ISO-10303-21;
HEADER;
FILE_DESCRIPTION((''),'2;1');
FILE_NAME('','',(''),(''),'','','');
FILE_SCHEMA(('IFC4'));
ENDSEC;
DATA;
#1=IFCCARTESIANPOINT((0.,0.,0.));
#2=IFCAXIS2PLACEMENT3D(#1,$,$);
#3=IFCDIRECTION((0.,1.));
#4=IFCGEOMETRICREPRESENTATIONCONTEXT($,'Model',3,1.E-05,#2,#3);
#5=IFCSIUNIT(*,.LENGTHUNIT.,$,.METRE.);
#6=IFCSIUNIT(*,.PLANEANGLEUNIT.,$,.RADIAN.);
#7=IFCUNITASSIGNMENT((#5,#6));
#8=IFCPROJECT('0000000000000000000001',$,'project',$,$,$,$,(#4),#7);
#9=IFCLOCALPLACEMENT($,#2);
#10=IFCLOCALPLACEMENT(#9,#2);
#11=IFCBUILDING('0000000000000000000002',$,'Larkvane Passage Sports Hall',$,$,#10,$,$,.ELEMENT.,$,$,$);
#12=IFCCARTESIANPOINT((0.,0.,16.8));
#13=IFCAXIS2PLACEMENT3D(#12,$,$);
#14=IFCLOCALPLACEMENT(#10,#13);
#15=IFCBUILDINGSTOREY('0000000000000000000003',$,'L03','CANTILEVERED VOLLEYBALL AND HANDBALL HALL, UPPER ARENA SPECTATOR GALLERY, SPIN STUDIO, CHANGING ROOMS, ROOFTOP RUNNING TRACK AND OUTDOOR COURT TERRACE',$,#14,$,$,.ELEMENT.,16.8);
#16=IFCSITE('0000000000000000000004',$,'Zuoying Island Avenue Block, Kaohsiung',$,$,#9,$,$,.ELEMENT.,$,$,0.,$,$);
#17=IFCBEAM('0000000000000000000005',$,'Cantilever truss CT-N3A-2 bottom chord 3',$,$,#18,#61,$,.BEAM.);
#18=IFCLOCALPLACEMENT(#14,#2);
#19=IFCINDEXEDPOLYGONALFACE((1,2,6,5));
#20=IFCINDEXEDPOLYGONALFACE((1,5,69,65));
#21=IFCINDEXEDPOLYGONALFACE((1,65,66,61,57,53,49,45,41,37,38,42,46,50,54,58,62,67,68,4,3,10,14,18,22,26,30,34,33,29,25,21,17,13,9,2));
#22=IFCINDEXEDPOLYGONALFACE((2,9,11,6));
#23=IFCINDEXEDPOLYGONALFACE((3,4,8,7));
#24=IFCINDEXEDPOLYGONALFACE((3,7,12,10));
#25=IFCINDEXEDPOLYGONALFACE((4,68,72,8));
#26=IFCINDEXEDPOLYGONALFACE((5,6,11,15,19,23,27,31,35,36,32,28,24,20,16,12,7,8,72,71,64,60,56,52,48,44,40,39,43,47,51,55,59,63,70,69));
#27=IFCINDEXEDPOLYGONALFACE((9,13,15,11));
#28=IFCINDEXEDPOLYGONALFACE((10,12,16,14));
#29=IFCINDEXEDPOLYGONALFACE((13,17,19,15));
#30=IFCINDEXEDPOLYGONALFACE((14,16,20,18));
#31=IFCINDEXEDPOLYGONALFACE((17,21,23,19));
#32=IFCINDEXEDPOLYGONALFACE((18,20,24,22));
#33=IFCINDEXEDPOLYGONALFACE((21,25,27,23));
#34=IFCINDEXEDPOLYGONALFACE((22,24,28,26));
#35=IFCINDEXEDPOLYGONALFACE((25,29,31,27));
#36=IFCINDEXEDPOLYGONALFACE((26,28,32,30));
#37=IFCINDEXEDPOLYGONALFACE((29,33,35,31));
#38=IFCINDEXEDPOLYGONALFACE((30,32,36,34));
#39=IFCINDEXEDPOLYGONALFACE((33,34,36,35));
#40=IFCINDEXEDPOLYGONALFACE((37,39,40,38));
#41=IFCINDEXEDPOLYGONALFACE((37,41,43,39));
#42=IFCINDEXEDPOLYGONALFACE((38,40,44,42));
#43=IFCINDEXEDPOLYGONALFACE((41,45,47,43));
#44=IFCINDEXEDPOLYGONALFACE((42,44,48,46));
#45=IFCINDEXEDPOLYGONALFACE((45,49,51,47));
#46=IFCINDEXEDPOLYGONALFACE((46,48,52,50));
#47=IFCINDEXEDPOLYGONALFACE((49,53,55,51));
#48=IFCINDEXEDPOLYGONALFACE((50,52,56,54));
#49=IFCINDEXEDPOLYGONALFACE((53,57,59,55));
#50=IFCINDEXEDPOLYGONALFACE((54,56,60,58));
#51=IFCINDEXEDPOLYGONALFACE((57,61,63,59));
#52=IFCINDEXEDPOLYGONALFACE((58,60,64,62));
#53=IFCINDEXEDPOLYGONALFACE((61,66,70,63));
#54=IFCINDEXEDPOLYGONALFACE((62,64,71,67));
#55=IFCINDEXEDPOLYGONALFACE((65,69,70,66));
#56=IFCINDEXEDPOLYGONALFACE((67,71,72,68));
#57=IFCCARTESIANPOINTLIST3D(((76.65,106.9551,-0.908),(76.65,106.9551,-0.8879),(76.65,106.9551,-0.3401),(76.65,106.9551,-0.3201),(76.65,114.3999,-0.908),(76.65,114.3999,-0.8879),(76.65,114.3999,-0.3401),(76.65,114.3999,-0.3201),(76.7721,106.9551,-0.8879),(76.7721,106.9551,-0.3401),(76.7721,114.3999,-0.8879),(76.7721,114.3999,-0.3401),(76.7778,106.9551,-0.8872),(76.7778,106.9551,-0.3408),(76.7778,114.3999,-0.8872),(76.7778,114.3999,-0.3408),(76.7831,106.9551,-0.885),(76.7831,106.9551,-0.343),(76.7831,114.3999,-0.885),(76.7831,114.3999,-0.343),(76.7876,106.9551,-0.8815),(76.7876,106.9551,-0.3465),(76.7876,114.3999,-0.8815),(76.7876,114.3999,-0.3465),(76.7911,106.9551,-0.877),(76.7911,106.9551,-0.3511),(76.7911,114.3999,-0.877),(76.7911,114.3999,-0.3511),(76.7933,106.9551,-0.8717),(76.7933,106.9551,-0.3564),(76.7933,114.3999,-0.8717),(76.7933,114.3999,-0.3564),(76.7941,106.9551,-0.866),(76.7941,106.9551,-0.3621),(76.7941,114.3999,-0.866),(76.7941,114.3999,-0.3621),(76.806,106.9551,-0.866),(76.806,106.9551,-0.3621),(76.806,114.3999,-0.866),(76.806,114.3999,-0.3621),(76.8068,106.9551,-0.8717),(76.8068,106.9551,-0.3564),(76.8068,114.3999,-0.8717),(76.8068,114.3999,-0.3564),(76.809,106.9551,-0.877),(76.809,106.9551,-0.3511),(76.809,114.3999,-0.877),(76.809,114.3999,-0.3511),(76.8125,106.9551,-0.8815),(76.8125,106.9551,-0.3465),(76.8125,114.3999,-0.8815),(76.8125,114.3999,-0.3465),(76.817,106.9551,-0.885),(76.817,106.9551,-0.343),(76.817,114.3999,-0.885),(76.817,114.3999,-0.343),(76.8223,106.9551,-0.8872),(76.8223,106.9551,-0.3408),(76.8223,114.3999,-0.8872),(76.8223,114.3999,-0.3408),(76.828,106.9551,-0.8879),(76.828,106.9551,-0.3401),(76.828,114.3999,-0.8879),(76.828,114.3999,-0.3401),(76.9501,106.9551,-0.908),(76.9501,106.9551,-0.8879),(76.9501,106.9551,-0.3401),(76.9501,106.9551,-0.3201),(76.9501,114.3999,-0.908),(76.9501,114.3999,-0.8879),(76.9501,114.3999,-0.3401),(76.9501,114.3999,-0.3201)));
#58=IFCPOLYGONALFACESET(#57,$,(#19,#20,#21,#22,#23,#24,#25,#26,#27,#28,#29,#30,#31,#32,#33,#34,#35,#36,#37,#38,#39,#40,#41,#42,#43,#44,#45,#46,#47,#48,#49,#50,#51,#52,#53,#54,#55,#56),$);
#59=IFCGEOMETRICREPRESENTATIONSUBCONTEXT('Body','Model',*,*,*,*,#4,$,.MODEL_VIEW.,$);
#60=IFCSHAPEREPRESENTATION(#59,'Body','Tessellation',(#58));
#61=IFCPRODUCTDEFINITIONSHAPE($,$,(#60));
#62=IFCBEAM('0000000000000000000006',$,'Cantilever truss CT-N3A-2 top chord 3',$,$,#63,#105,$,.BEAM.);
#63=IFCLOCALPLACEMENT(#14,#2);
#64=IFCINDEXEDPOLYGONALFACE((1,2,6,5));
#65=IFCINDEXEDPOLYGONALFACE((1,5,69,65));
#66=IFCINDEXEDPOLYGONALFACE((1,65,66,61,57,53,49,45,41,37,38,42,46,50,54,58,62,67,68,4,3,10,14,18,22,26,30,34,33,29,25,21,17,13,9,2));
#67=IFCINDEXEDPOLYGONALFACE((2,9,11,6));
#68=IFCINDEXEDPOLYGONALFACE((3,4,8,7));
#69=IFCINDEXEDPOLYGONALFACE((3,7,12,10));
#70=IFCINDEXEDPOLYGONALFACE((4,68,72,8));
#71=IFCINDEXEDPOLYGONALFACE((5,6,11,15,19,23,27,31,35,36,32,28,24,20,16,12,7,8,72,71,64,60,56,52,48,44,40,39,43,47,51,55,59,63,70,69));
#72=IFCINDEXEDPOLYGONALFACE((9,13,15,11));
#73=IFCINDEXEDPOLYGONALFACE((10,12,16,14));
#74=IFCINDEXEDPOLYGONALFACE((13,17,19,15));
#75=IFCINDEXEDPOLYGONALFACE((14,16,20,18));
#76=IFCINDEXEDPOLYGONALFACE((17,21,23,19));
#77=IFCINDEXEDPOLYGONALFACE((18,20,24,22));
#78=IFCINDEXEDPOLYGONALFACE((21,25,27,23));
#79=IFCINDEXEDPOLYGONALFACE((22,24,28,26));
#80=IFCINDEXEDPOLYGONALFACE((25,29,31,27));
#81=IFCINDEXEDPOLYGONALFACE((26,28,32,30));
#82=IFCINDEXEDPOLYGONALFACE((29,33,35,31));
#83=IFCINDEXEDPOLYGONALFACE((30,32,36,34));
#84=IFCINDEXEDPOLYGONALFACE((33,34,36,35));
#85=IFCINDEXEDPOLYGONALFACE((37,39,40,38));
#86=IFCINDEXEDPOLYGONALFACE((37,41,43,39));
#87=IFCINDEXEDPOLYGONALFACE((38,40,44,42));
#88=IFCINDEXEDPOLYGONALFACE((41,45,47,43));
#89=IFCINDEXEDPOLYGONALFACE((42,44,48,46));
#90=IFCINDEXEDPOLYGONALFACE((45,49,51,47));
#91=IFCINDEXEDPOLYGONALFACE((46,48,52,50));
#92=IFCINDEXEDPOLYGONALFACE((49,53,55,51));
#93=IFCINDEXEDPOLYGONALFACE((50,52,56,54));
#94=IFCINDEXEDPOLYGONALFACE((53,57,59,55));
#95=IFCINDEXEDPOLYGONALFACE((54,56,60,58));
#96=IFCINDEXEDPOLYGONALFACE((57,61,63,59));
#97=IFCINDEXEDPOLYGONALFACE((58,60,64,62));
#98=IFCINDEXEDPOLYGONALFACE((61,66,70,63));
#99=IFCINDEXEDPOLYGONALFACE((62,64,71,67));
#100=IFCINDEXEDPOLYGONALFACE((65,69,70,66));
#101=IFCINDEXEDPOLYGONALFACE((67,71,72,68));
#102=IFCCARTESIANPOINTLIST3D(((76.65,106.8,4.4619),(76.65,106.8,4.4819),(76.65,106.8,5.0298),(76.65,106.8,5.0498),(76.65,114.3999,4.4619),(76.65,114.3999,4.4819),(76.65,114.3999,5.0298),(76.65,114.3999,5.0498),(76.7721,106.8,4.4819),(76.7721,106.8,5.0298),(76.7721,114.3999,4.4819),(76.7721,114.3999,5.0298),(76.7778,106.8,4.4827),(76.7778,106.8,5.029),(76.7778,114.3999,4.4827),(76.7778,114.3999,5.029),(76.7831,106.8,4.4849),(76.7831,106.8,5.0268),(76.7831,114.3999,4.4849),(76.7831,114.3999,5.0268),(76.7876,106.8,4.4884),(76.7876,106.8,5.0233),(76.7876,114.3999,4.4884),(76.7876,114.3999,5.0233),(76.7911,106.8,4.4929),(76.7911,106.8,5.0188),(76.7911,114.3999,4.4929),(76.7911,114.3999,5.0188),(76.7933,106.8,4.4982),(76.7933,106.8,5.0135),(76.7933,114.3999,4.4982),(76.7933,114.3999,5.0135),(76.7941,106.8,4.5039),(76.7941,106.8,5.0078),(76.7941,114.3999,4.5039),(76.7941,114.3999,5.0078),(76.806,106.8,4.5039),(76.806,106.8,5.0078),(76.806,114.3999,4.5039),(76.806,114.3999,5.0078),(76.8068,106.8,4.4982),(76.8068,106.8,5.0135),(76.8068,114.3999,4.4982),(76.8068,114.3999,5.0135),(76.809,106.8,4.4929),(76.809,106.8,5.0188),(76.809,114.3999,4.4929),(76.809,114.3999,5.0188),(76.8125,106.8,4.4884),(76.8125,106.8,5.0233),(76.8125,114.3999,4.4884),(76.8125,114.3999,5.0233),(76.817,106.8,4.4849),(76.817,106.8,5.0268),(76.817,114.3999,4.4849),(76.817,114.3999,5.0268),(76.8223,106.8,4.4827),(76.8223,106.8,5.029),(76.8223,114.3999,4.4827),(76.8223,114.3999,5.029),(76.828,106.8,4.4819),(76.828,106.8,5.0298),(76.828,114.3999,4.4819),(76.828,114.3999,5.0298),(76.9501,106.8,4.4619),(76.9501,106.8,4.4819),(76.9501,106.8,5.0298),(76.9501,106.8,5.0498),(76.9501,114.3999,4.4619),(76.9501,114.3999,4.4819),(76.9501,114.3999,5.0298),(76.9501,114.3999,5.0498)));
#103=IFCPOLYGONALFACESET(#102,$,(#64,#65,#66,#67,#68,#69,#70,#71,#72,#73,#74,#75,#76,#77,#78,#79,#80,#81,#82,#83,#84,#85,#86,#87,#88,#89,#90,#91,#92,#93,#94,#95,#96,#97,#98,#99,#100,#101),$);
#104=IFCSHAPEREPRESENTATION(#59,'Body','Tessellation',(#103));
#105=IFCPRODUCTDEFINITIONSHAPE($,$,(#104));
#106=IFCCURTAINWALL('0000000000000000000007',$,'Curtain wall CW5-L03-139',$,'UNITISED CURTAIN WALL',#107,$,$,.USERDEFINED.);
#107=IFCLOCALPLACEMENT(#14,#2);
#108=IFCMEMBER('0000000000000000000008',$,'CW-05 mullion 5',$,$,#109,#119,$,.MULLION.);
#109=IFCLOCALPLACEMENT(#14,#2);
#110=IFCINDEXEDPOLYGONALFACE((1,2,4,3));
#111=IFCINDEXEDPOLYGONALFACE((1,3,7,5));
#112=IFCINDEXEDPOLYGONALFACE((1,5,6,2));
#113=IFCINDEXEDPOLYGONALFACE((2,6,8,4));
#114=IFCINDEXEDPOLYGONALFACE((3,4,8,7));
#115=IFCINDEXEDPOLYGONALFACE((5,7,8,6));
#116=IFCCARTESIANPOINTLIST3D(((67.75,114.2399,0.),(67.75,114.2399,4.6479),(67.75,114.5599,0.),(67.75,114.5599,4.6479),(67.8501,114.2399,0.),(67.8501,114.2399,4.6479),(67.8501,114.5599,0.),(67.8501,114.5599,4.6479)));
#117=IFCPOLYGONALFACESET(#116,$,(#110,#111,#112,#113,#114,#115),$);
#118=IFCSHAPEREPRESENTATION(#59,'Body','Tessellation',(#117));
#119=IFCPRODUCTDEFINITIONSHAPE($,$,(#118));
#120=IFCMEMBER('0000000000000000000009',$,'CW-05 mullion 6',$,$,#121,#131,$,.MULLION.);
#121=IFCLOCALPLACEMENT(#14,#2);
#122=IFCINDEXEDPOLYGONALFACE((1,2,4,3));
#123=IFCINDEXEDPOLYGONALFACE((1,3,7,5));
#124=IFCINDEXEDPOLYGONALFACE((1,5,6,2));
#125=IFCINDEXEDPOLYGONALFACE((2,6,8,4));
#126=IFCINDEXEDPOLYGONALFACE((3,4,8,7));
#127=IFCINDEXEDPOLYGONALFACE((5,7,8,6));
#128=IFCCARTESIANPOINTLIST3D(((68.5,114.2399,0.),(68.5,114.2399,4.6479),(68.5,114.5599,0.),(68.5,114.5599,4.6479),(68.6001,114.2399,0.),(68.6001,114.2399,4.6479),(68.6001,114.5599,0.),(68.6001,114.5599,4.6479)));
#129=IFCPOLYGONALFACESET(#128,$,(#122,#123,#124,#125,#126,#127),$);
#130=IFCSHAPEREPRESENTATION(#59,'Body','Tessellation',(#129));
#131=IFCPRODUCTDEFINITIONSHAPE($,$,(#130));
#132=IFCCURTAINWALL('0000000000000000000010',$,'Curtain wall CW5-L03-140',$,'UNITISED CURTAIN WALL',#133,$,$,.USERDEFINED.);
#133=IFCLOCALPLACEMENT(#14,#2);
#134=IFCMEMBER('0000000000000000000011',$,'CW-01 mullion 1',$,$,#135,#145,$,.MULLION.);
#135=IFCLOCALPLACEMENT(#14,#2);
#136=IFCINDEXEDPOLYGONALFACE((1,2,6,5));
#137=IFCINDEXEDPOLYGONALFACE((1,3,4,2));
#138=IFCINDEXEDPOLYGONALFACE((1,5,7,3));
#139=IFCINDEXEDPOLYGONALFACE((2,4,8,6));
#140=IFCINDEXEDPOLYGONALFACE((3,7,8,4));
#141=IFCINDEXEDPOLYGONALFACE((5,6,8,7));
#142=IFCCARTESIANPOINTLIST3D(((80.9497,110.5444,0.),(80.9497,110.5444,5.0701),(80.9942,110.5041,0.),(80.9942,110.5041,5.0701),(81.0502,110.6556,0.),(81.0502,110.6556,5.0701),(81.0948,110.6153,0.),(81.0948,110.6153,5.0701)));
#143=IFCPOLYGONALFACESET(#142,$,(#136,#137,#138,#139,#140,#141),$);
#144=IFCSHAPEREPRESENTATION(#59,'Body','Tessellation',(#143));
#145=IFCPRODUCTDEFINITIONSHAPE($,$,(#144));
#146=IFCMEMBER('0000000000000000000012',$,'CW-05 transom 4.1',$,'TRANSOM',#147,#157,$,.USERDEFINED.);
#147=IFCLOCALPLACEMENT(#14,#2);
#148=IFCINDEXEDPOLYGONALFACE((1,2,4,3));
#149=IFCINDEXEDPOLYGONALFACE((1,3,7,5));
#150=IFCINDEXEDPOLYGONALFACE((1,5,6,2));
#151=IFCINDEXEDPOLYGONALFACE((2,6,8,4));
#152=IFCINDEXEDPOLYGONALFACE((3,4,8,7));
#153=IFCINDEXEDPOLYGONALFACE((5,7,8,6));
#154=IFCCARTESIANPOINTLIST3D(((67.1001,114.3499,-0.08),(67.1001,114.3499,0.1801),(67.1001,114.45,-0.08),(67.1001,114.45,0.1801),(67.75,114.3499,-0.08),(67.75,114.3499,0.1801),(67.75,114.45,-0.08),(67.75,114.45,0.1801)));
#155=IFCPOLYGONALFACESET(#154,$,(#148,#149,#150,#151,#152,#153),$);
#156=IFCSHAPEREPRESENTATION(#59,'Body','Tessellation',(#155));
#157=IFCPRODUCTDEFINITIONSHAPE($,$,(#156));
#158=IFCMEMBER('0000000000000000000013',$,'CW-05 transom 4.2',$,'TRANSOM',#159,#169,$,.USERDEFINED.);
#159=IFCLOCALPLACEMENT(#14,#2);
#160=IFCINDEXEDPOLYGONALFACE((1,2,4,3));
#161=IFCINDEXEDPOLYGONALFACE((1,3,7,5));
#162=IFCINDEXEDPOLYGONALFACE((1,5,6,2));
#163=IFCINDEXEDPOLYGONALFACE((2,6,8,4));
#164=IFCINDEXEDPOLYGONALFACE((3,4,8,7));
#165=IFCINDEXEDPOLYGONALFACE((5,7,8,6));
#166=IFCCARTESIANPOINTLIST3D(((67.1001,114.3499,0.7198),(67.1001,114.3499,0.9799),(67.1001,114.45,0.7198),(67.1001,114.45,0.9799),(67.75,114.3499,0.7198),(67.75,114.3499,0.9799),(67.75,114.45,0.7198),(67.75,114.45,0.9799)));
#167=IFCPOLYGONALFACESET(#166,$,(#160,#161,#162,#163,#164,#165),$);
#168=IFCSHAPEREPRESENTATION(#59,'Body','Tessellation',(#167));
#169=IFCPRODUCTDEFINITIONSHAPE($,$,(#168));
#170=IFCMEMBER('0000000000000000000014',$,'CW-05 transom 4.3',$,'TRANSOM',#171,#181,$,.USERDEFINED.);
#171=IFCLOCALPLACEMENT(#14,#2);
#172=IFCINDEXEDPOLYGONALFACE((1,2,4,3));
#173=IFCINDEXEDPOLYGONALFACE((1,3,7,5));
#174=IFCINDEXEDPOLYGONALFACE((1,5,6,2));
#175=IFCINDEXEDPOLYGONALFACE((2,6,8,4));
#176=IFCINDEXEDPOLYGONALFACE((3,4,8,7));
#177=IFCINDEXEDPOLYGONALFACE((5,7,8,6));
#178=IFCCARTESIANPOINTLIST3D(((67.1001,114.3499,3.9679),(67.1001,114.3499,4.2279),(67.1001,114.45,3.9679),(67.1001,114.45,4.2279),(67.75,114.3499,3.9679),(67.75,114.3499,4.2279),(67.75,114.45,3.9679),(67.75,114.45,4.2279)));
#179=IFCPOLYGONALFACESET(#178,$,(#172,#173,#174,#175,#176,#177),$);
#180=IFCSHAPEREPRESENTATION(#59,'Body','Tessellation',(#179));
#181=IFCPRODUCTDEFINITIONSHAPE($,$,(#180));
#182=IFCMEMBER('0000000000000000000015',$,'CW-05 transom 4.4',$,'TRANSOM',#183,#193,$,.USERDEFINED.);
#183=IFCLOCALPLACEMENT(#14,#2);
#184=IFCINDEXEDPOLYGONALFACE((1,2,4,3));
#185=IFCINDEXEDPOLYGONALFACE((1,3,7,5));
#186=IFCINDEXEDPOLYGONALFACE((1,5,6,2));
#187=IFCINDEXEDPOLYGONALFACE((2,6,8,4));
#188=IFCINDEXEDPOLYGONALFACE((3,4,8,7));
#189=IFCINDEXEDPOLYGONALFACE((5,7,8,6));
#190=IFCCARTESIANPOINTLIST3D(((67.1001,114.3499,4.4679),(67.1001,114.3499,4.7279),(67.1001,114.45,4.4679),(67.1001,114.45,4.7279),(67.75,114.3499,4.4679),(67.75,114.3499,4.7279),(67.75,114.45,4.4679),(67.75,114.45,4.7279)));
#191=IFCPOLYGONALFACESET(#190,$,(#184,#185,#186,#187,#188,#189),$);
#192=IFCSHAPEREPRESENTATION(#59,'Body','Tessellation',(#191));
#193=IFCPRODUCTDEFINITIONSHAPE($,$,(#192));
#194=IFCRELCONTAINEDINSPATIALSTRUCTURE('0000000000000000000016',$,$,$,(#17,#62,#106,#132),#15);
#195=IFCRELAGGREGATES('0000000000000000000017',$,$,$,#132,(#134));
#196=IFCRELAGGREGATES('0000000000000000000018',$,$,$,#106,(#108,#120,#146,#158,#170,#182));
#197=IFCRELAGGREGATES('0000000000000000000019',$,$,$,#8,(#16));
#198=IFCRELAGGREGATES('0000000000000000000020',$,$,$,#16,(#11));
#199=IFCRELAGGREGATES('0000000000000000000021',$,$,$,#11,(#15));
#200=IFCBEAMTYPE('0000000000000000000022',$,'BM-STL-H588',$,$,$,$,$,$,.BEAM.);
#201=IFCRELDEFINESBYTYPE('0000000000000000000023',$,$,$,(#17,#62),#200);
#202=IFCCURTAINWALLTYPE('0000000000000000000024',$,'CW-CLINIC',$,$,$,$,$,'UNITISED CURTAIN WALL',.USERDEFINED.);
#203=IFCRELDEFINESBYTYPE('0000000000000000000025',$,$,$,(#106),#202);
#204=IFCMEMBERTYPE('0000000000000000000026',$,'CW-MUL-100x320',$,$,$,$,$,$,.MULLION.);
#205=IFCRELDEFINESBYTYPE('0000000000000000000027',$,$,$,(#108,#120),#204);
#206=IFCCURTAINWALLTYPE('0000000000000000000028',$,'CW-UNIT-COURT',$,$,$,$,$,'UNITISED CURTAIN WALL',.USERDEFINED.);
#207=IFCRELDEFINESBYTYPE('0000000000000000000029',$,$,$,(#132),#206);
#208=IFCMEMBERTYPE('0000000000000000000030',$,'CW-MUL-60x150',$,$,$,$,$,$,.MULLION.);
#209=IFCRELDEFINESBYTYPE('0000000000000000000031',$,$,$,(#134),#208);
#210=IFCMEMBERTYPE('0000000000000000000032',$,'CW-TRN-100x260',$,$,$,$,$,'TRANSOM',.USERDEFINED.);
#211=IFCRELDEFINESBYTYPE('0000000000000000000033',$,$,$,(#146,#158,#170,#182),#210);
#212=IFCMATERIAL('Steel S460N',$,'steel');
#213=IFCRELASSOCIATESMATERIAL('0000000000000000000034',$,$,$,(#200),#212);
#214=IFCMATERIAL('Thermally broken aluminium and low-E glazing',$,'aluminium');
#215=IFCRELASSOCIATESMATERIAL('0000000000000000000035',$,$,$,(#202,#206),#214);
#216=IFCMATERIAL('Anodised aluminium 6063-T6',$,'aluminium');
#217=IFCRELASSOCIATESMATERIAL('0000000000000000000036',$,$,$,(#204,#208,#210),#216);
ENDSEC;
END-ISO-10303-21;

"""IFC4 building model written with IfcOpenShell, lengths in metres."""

from ifc_helpers import new_model, si_unit, direction, frame, origin, origin_2d, place, context, subcontext, project, spatial, rectangle, i_section, extrude, material, material_profile, profile_set, type_object, element, aggregate, save


model = new_model("IFC4")

# Units and contexts
model_context = context("Model", 3, precision=1e-05, world=origin(), true_north=direction((0.0, 1.0)))
body_context = subcontext(model_context, "Body", "Model", "MODEL_VIEW")
ifc_project = project(units=[si_unit("LENGTHUNIT", "METRE"), si_unit("PLANEANGLEUNIT", "RADIAN")], contexts=[model_context])

# Site, building, storey
site_placement = place(None, origin())
site = spatial("IfcSite", under=ifc_project, at=site_placement, Name="Zuoying Island Avenue Block, Kaohsiung", CompositionType="ELEMENT", RefElevation=0.0)
building_placement = place(site_placement, origin())
building = spatial("IfcBuilding", under=site, at=building_placement, Name="Larkvane Passage Sports Hall", CompositionType="ELEMENT")
storey_placement = place(building_placement, frame((0.0, 0.0, 16.8)))
storey = spatial("IfcBuildingStorey", under=building, at=storey_placement, Name="L03", Description="CANTILEVERED VOLLEYBALL AND HANDBALL HALL, UPPER ARENA SPECTATOR GALLERY, SPIN STUDIO, CHANGING ROOMS, ROOFTOP RUNNING TRACK AND OUTDOOR COURT TERRACE", CompositionType="ELEMENT", Elevation=16.8)

# Beams
ifc_material_1 = material(Name="Steel S460N", Category="steel")
ifc_material_profile_1 = material_profile(ifc_material_1, i_section(OverallWidth=0.3, OverallDepth=0.5879, WebThickness=0.012, FlangeThickness=0.02, FilletRadius=0.022, at=origin_2d()), Name="H-588x300x12x20")
ifc_profile_set_1 = profile_set([ifc_material_profile_1], Name="Steel S460N")
beam_type_1 = type_object("IfcBeamType", Name="BM-STL-H588", PredefinedType="BEAM", material=ifc_profile_set_1)
beam_1_placement = place(storey_placement, frame((76.8, 106.9551, -0.614), z_axis=(0.0, 1.0, 0.0), x_axis=(-1.0, 0.0, 0.0)))
element("IfcBeam", 1, at=beam_1_placement, inside=storey, type_object=beam_type_1, Name="Cantilever truss CT-N3A-2 bottom chord 3", PredefinedType="BEAM", context=body_context, shape_type="SweptSolid", body=[
    extrude(i_section(OverallWidth=0.3, OverallDepth=0.5879, WebThickness=0.012, FlangeThickness=0.02, FilletRadius=0.022, at=origin_2d()), origin(), (0.0, 0.0, 1.0), 7.4448),
])
beam_2_placement = place(storey_placement, frame((76.8, 106.8, 4.7559), z_axis=(0.0, 1.0, 0.0), x_axis=(-1.0, 0.0, 0.0)))
element("IfcBeam", 2, at=beam_2_placement, inside=storey, type_object=beam_type_1, Name="Cantilever truss CT-N3A-2 top chord 3", PredefinedType="BEAM", context=body_context, shape_type="SweptSolid", body=[
    extrude(i_section(OverallWidth=0.3, OverallDepth=0.5879, WebThickness=0.012, FlangeThickness=0.02, FilletRadius=0.022, at=origin_2d()), origin(), (0.0, 0.0, 1.0), 7.5999),
])

# Curtain wall, members
ifc_material_2 = material(Name="Thermally broken aluminium and low-E glazing", Category="aluminium")
curtain_wall_type_1 = type_object("IfcCurtainWallType", Name="CW-CLINIC", ElementType="UNITISED CURTAIN WALL", PredefinedType="USERDEFINED", material=ifc_material_2)
curtain_wall_1_placement = place(storey_placement, origin())
curtain_wall_1 = element("IfcCurtainWall", 3, at=curtain_wall_1_placement, inside=storey, type_object=curtain_wall_type_1, Name="Curtain wall CW5-L03-139", ObjectType="UNITISED CURTAIN WALL", PredefinedType="USERDEFINED")
ifc_material_3 = material(Name="Anodised aluminium 6063-T6", Category="aluminium")
ifc_material_profile_2 = material_profile(ifc_material_3, rectangle(XDim=0.1001, YDim=0.3201, at=origin_2d()), Name="ALU-MUL-100x320")
ifc_profile_set_2 = profile_set([ifc_material_profile_2], Name="Anodised aluminium 6063-T6")
member_type_1 = type_object("IfcMemberType", Name="CW-MUL-100x320", PredefinedType="MULLION", material=ifc_profile_set_2)
member_1_placement = place(storey_placement, frame((67.8, 114.3999, 0.0), z_axis=(0.0, 0.0, 1.0), x_axis=(1.0, 0.0, 0.0)))
member_1 = element("IfcMember", 4, at=member_1_placement, type_object=member_type_1, Name="CW-05 mullion 5", PredefinedType="MULLION", context=body_context, shape_type="SweptSolid", body=[
    extrude(rectangle(XDim=0.1001, YDim=0.3201, at=origin_2d()), origin(), (0.0, 0.0, 1.0), 4.6479),
])
member_2_placement = place(storey_placement, frame((68.55, 114.3999, 0.0), z_axis=(0.0, 0.0, 1.0), x_axis=(1.0, 0.0, 0.0)))
member_2 = element("IfcMember", 5, at=member_2_placement, type_object=member_type_1, Name="CW-05 mullion 6", PredefinedType="MULLION", context=body_context, shape_type="SweptSolid", body=[
    extrude(rectangle(XDim=0.1001, YDim=0.3201, at=origin_2d()), origin(), (0.0, 0.0, 1.0), 4.6479),
])

# Curtain wall, member
curtain_wall_type_2 = type_object("IfcCurtainWallType", Name="CW-UNIT-COURT", ElementType="UNITISED CURTAIN WALL", PredefinedType="USERDEFINED", material=ifc_material_2)
curtain_wall_2_placement = place(storey_placement, origin())
curtain_wall_2 = element("IfcCurtainWall", 6, at=curtain_wall_2_placement, inside=storey, type_object=curtain_wall_type_2, Name="Curtain wall CW5-L03-140", ObjectType="UNITISED CURTAIN WALL", PredefinedType="USERDEFINED")
ifc_material_profile_3 = material_profile(ifc_material_3, rectangle(XDim=0.0601, YDim=0.1499, at=origin_2d()), Name="ALU-MUL-60x150")
ifc_profile_set_3 = profile_set([ifc_material_profile_3], Name="Anodised aluminium 6063-T6")
member_type_2 = type_object("IfcMemberType", Name="CW-MUL-60x150", PredefinedType="MULLION", material=ifc_profile_set_3)
member_3_placement = place(storey_placement, frame((81.0222, 110.5798, 0.0), z_axis=(0.0, 0.0, 1.0), x_axis=(0.741536, -0.670913, 0.0)))
member_3 = element("IfcMember", 7, at=member_3_placement, type_object=member_type_2, Name="CW-01 mullion 1", PredefinedType="MULLION", context=body_context, shape_type="SweptSolid", body=[
    extrude(rectangle(XDim=0.0601, YDim=0.1499, at=origin_2d()), origin(), (0.0, 0.0, 1.0), 5.0701),
])
aggregate(curtain_wall_2, [member_3])

# Members
ifc_material_profile_4 = material_profile(ifc_material_3, rectangle(XDim=0.1001, YDim=0.26, at=origin_2d()), Name="ALU-TRN-100x260")
ifc_profile_set_4 = profile_set([ifc_material_profile_4], Name="Anodised aluminium 6063-T6")
member_type_3 = type_object("IfcMemberType", Name="CW-TRN-100x260", ElementType="TRANSOM", PredefinedType="USERDEFINED", material=ifc_profile_set_4)
member_4_placement = place(storey_placement, frame((67.1001, 114.3999, 0.05), z_axis=(1.0, 0.0, 0.0), x_axis=(0.0, 1.0, 0.0)))
member_4 = element("IfcMember", 8, at=member_4_placement, type_object=member_type_3, Name="CW-05 transom 4.1", ObjectType="TRANSOM", PredefinedType="USERDEFINED", context=body_context, shape_type="SweptSolid", body=[
    extrude(rectangle(XDim=0.1001, YDim=0.26, at=origin_2d()), origin(), (0.0, 0.0, 1.0), 0.6499),
])
member_5_placement = place(storey_placement, frame((67.1001, 114.3999, 0.8499), z_axis=(1.0, 0.0, 0.0), x_axis=(0.0, 1.0, 0.0)))
member_5 = element("IfcMember", 9, at=member_5_placement, type_object=member_type_3, Name="CW-05 transom 4.2", ObjectType="TRANSOM", PredefinedType="USERDEFINED", context=body_context, shape_type="SweptSolid", body=[
    extrude(rectangle(XDim=0.1001, YDim=0.26, at=origin_2d()), origin(), (0.0, 0.0, 1.0), 0.6499),
])
member_6_placement = place(storey_placement, frame((67.1001, 114.3999, 4.0979), z_axis=(1.0, 0.0, 0.0), x_axis=(0.0, 1.0, 0.0)))
member_6 = element("IfcMember", 10, at=member_6_placement, type_object=member_type_3, Name="CW-05 transom 4.3", ObjectType="TRANSOM", PredefinedType="USERDEFINED", context=body_context, shape_type="SweptSolid", body=[
    extrude(rectangle(XDim=0.1001, YDim=0.26, at=origin_2d()), origin(), (0.0, 0.0, 1.0), 0.6499),
])
member_7_placement = place(storey_placement, frame((67.1001, 114.3999, 4.5979), z_axis=(1.0, 0.0, 0.0), x_axis=(0.0, 1.0, 0.0)))
member_7 = element("IfcMember", 11, at=member_7_placement, type_object=member_type_3, Name="CW-05 transom 4.4", ObjectType="TRANSOM", PredefinedType="USERDEFINED", context=body_context, shape_type="SweptSolid", body=[
    extrude(rectangle(XDim=0.1001, YDim=0.26, at=origin_2d()), origin(), (0.0, 0.0, 1.0), 0.6499),
])

aggregate(curtain_wall_1, [member_1, member_2, member_4, member_5, member_6, member_7])

save(model, "model.ifc")
